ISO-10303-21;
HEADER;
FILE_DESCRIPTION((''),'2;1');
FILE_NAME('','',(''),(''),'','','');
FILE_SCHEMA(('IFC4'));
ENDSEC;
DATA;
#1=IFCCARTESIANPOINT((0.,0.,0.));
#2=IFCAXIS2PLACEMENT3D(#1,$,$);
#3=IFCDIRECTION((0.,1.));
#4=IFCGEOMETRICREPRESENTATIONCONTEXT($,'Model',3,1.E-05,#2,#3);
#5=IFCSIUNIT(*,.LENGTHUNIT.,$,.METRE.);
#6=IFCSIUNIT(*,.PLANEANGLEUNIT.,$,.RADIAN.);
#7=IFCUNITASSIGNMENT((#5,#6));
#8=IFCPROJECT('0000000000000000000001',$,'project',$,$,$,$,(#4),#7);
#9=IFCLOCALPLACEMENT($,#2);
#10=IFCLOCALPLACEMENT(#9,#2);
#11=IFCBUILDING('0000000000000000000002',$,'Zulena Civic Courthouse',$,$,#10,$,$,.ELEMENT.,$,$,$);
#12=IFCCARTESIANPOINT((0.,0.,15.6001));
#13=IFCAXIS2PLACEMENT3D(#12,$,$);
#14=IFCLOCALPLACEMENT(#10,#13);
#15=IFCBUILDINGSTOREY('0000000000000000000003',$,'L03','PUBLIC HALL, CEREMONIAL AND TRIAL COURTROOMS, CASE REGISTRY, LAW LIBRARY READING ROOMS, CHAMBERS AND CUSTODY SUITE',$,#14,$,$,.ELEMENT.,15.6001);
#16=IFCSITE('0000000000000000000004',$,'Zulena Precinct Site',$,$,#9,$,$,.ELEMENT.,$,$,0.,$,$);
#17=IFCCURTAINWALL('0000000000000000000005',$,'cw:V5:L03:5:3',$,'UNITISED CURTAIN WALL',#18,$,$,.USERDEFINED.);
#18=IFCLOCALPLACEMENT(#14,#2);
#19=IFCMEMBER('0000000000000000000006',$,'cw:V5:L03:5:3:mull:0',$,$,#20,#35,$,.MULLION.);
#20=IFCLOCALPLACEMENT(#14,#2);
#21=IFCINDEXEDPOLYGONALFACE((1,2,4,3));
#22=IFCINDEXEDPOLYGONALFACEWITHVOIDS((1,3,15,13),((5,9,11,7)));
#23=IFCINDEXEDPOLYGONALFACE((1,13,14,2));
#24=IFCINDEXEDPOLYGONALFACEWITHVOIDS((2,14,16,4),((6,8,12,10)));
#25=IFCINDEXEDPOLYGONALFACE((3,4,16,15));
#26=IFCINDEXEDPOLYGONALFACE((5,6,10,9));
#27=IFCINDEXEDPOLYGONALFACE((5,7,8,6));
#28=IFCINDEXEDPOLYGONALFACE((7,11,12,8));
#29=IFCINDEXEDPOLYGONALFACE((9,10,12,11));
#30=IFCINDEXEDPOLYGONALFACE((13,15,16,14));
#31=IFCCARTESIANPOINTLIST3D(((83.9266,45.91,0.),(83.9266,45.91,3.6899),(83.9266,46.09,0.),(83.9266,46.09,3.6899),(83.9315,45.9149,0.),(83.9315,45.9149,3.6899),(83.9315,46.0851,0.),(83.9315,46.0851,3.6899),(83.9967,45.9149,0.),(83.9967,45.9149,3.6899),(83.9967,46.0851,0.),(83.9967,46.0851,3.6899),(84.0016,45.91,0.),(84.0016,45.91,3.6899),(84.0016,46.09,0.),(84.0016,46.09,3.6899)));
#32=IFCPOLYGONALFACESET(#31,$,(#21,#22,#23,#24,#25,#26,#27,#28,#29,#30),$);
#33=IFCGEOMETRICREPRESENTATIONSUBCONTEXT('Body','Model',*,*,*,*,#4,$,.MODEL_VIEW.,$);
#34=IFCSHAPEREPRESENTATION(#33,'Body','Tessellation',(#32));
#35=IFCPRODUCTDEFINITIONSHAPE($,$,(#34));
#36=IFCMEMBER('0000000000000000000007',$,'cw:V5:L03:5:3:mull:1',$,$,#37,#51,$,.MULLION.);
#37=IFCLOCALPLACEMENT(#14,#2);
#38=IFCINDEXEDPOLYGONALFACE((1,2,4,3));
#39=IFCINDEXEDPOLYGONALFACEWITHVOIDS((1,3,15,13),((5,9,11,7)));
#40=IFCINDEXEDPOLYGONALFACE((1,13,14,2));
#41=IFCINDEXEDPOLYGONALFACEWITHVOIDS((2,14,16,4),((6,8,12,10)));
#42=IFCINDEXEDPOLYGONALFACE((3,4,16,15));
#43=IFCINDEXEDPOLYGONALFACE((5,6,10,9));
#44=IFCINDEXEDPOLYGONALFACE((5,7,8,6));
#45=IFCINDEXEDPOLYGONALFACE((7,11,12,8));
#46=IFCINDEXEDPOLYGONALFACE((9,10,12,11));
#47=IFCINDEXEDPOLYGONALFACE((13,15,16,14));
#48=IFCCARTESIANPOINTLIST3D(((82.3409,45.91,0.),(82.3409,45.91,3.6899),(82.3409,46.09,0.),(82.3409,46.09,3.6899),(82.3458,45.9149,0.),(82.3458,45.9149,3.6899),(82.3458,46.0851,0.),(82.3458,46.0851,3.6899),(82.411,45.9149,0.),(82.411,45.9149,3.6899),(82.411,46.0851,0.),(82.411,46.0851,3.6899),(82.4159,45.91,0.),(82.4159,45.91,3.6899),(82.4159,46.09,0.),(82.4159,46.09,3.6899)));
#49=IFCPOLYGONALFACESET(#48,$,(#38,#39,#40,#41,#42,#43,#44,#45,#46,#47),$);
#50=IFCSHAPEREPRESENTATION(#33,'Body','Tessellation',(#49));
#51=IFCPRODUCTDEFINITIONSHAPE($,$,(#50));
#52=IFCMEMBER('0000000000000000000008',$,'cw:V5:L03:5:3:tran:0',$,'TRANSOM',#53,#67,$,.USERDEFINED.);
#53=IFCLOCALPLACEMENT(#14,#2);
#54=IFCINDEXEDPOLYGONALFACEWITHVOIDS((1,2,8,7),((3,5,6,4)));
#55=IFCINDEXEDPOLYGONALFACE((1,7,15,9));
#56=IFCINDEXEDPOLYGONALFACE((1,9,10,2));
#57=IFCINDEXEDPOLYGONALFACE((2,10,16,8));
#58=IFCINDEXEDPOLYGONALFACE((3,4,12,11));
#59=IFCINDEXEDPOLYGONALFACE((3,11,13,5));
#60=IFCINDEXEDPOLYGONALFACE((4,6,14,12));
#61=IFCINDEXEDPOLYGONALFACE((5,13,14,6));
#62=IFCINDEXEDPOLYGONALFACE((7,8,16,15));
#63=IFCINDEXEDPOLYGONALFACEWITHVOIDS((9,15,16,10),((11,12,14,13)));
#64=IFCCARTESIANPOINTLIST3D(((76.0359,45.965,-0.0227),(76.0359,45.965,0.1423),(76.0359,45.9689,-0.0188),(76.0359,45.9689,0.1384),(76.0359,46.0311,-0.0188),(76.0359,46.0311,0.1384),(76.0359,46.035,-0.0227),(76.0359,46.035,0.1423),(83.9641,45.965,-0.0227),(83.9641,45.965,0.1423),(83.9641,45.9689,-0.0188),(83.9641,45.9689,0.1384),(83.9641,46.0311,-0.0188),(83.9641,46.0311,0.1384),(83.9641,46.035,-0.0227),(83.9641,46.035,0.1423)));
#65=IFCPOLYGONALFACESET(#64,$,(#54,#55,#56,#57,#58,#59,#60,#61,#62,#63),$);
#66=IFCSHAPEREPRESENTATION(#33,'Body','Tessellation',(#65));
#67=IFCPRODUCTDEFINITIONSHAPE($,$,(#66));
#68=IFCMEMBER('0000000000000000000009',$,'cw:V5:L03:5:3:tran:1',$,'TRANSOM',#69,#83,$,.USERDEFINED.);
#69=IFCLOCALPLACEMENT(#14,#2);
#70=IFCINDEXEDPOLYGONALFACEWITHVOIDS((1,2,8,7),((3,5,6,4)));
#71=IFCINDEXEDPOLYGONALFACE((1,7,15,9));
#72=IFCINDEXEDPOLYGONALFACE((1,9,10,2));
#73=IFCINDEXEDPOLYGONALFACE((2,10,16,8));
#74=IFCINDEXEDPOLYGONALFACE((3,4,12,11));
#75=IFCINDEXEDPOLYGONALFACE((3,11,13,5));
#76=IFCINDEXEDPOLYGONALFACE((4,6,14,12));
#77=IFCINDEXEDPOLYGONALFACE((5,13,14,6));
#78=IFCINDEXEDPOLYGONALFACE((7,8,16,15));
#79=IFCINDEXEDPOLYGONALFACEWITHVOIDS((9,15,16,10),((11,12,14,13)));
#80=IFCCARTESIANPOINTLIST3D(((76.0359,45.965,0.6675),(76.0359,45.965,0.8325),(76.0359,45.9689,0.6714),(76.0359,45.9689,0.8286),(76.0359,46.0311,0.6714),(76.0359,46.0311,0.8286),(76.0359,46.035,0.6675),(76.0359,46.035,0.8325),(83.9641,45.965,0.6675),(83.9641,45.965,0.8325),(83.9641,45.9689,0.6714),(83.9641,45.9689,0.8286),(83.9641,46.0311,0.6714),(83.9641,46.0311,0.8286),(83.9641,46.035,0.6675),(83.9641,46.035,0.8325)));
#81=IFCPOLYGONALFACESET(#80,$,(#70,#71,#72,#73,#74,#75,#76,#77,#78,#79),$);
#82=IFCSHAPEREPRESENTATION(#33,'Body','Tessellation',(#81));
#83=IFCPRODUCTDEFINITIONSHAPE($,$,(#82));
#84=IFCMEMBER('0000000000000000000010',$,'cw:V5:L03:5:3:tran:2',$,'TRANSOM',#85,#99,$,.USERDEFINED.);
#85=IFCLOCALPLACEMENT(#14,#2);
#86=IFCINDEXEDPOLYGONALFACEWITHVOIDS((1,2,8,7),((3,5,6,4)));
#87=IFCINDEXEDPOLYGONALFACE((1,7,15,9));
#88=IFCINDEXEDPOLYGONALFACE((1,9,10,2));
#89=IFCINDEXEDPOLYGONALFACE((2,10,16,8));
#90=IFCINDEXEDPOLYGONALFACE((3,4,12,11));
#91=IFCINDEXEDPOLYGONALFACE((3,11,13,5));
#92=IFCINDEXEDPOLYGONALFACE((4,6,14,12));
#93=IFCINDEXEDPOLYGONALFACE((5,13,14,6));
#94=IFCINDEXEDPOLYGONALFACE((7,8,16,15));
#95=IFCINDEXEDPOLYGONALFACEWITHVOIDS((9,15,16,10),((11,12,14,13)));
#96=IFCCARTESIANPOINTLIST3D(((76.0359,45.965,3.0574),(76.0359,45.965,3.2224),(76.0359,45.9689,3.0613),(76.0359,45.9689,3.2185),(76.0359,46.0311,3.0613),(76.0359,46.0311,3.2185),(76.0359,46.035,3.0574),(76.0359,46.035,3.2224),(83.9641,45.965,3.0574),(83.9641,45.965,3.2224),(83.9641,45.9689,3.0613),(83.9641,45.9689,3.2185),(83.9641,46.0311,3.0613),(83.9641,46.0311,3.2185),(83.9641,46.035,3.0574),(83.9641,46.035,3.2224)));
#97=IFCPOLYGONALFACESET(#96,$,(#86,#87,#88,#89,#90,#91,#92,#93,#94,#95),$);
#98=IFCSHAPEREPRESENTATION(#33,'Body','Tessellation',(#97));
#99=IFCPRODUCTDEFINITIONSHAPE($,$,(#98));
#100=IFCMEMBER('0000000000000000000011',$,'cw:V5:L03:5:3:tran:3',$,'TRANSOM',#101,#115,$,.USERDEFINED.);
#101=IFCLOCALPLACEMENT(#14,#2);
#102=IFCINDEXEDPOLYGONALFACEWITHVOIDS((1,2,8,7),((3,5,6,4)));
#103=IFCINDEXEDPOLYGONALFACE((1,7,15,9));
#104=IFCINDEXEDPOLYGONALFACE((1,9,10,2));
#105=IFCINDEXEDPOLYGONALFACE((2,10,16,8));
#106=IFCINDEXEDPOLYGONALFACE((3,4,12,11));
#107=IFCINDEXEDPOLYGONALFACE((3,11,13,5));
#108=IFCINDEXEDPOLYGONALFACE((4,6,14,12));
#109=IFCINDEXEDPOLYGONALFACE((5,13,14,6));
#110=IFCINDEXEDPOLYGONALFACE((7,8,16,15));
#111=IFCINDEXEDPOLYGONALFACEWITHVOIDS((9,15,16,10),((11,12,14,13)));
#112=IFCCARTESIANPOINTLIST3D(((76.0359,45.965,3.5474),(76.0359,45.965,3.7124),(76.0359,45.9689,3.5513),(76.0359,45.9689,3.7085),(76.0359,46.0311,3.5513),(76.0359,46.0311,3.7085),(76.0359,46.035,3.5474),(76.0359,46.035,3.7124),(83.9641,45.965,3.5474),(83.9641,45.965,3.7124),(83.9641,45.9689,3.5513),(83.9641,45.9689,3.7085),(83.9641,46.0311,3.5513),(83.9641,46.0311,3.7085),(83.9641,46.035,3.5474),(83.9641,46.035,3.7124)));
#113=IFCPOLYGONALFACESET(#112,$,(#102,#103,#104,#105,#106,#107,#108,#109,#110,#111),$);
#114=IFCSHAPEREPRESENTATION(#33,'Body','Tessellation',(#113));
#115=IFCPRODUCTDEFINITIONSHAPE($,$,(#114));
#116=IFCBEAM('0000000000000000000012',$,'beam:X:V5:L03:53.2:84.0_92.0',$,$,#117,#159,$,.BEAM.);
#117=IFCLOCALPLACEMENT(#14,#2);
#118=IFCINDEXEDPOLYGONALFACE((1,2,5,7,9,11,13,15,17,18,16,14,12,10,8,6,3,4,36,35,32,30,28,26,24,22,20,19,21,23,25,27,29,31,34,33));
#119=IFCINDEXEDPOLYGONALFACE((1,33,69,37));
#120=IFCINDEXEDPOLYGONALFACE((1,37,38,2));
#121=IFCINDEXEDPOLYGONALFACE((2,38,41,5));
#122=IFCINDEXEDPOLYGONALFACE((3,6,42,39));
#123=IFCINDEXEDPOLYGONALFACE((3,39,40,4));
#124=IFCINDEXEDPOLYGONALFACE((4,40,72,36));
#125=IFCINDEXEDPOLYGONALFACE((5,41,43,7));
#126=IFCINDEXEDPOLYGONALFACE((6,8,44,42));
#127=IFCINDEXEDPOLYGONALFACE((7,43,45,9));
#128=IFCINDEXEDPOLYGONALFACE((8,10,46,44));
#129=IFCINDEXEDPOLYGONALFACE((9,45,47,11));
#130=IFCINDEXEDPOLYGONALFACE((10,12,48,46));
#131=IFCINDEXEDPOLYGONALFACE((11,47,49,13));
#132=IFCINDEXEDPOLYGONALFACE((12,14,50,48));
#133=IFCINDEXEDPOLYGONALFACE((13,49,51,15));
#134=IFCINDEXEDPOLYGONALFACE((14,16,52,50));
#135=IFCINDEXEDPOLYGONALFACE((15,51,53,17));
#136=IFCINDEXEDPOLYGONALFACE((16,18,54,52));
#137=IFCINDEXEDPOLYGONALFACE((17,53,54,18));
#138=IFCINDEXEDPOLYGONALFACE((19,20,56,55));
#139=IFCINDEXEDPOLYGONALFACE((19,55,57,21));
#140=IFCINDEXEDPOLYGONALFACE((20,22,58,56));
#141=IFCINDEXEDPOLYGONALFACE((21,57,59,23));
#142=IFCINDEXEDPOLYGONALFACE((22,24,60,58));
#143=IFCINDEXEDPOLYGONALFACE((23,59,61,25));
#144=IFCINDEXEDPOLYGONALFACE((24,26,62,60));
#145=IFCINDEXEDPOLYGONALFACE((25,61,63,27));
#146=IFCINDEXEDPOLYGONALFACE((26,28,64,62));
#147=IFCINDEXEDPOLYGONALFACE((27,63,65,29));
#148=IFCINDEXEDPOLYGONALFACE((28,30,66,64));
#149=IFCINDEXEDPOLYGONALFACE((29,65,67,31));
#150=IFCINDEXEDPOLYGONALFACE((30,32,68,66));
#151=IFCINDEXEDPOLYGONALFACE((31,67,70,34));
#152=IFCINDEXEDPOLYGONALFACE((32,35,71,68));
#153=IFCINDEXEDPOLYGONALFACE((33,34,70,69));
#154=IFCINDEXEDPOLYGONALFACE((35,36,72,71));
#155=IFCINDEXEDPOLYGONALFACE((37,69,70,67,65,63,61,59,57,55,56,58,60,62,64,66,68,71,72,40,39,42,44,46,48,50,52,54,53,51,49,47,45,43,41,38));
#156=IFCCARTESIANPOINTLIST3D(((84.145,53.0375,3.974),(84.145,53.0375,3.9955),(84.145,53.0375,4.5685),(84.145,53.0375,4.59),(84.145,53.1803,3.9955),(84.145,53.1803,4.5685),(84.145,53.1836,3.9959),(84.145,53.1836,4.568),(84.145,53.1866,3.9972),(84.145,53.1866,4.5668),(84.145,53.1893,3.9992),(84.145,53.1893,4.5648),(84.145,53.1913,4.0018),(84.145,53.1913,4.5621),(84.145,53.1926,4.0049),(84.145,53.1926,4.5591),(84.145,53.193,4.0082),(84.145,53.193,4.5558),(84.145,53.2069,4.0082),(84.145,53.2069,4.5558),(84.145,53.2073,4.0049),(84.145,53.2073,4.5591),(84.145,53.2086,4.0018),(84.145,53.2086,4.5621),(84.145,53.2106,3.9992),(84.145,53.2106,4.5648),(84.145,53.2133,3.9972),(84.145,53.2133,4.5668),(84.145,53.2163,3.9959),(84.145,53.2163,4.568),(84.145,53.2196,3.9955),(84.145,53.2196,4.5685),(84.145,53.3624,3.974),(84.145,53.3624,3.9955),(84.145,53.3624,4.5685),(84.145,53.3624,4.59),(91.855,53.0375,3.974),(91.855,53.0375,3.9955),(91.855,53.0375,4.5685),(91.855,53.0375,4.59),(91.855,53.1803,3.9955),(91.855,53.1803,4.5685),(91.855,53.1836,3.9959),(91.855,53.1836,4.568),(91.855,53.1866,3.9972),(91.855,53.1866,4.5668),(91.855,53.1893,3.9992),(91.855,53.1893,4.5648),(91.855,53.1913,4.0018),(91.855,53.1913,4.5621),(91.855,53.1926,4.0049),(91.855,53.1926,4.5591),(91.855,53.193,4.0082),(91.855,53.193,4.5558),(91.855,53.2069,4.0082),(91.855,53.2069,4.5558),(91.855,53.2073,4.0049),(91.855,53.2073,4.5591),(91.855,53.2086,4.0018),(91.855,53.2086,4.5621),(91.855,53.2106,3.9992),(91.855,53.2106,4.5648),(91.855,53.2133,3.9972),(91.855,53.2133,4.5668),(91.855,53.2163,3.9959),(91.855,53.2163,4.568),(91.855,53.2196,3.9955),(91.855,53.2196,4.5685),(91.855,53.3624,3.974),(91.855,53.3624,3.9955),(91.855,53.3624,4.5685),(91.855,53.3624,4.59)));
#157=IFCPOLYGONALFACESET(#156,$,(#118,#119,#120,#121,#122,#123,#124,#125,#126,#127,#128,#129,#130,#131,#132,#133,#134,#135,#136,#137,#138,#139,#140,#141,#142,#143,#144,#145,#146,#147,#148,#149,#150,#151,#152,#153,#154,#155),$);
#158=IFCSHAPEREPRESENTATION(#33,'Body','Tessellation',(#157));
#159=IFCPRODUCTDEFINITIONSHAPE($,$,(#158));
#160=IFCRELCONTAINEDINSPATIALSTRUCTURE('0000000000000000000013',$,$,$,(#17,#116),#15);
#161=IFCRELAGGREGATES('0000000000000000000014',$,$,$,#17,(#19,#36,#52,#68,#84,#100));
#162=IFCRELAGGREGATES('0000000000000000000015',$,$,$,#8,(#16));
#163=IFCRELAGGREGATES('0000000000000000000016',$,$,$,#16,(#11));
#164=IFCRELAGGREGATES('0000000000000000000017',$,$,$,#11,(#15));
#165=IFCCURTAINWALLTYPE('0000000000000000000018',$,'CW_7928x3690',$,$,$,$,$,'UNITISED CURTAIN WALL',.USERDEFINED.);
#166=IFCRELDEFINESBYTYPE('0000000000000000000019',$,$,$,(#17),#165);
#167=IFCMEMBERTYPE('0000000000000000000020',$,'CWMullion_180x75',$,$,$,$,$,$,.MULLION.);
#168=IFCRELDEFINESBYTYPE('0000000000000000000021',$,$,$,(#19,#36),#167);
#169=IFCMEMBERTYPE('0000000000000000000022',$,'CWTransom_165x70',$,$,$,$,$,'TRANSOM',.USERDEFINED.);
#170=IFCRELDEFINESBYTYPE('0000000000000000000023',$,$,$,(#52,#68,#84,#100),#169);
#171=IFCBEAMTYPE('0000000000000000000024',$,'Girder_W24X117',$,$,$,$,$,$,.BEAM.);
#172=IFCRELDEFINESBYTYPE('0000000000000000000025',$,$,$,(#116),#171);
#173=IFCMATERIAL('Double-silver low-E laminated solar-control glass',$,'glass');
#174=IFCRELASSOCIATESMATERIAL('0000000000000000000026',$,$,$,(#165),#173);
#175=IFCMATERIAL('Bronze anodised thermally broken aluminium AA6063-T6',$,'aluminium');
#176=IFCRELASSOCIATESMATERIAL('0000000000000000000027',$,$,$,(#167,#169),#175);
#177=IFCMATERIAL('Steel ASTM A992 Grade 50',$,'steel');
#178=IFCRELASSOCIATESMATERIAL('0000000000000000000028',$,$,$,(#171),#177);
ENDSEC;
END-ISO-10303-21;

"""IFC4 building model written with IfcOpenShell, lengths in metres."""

from ifc_helpers import new_model, si_unit, direction, frame, origin, origin_2d, place, context, subcontext, project, spatial, hollow_rectangle, i_section, extrude, material, material_profile, profile_set, type_object, element, aggregate, save


model = new_model("IFC4")

# Units and contexts
model_context = context("Model", 3, precision=1e-05, world=origin(), true_north=direction((0.0, 1.0)))
body_context = subcontext(model_context, "Body", "Model", "MODEL_VIEW")
ifc_project = project(units=[si_unit("LENGTHUNIT", "METRE"), si_unit("PLANEANGLEUNIT", "RADIAN")], contexts=[model_context])

# Site, building, storey
site_placement = place(None, origin())
site = spatial("IfcSite", under=ifc_project, at=site_placement, Name="Zulena Precinct Site", CompositionType="ELEMENT", RefElevation=0.0)
building_placement = place(site_placement, origin())
building = spatial("IfcBuilding", under=site, at=building_placement, Name="Zulena Civic Courthouse", CompositionType="ELEMENT")
storey_placement = place(building_placement, frame((0.0, 0.0, 15.6001)))
storey = spatial("IfcBuildingStorey", under=building, at=storey_placement, Name="L03", Description="PUBLIC HALL, CEREMONIAL AND TRIAL COURTROOMS, CASE REGISTRY, LAW LIBRARY READING ROOMS, CHAMBERS AND CUSTODY SUITE", CompositionType="ELEMENT", Elevation=15.6001)

# Shared definitions
ifc_material_1 = material(Name="Steel ASTM A992 Grade 50", Category="steel")

# Curtain wall, members
ifc_material_2 = material(Name="Double-silver low-E laminated solar-control glass", Category="glass")
curtain_wall_type = type_object("IfcCurtainWallType", Name="CW_7928x3690", ElementType="UNITISED CURTAIN WALL", PredefinedType="USERDEFINED", material=ifc_material_2)
curtain_wall_placement = place(storey_placement, origin())
curtain_wall = element("IfcCurtainWall", 1, at=curtain_wall_placement, inside=storey, type_object=curtain_wall_type, Name="cw:V5:L03:5:3", ObjectType="UNITISED CURTAIN WALL", PredefinedType="USERDEFINED")
ifc_material_3 = material(Name="Bronze anodised thermally broken aluminium AA6063-T6", Category="aluminium")
ifc_material_profile_1 = material_profile(ifc_material_3, hollow_rectangle(XDim=0.075, YDim=0.1799, WallThickness=0.0049, at=origin_2d()), Name="CWM180X75X5")
ifc_profile_set_1 = profile_set([ifc_material_profile_1], Name="Bronze anodised thermally broken aluminium AA6063-T6")
member_type_1 = type_object("IfcMemberType", Name="CWMullion_180x75", PredefinedType="MULLION", material=ifc_profile_set_1)
member_1_placement = place(storey_placement, frame((83.9641, 46.0, 0.0), z_axis=(0.0, 0.0, 1.0), x_axis=(1.0, 0.0, 0.0)))
member_1 = element("IfcMember", 2, at=member_1_placement, type_object=member_type_1, Name="cw:V5:L03:5:3:mull:0", PredefinedType="MULLION", context=body_context, shape_type="SweptSolid", body=[
    extrude(hollow_rectangle(XDim=0.075, YDim=0.1799, WallThickness=0.0049, at=origin_2d()), origin(), (0.0, 0.0, 1.0), 3.6899),
])
member_2_placement = place(storey_placement, frame((82.3784, 46.0, 0.0), z_axis=(0.0, 0.0, 1.0), x_axis=(1.0, 0.0, 0.0)))
member_2 = element("IfcMember", 3, at=member_2_placement, type_object=member_type_1, Name="cw:V5:L03:5:3:mull:1", PredefinedType="MULLION", context=body_context, shape_type="SweptSolid", body=[
    extrude(hollow_rectangle(XDim=0.075, YDim=0.1799, WallThickness=0.0049, at=origin_2d()), origin(), (0.0, 0.0, 1.0), 3.6899),
])
ifc_material_profile_2 = material_profile(ifc_material_3, hollow_rectangle(XDim=0.0701, YDim=0.165, WallThickness=0.0039, at=origin_2d()), Name="CWT165X70X4")
ifc_profile_set_2 = profile_set([ifc_material_profile_2], Name="Bronze anodised thermally broken aluminium AA6063-T6")
member_type_2 = type_object("IfcMemberType", Name="CWTransom_165x70", ElementType="TRANSOM", PredefinedType="USERDEFINED", material=ifc_profile_set_2)
member_3_placement = place(storey_placement, frame((83.9641, 46.0, 0.0598), z_axis=(-1.0, 0.0, 0.0), x_axis=(0.0, -1.0, 0.0)))
member_3 = element("IfcMember", 4, at=member_3_placement, type_object=member_type_2, Name="cw:V5:L03:5:3:tran:0", ObjectType="TRANSOM", PredefinedType="USERDEFINED", context=body_context, shape_type="SweptSolid", body=[
    extrude(hollow_rectangle(XDim=0.0701, YDim=0.165, WallThickness=0.0039, at=origin_2d()), origin(), (0.0, 0.0, 1.0), 7.9282),
])
member_4_placement = place(storey_placement, frame((83.9641, 46.0, 0.75), z_axis=(-1.0, 0.0, 0.0), x_axis=(0.0, -1.0, 0.0)))
member_4 = element("IfcMember", 5, at=member_4_placement, type_object=member_type_2, Name="cw:V5:L03:5:3:tran:1", ObjectType="TRANSOM", PredefinedType="USERDEFINED", context=body_context, shape_type="SweptSolid", body=[
    extrude(hollow_rectangle(XDim=0.0701, YDim=0.165, WallThickness=0.0039, at=origin_2d()), origin(), (0.0, 0.0, 1.0), 7.9282),
])
member_5_placement = place(storey_placement, frame((83.9641, 46.0, 3.1399), z_axis=(-1.0, 0.0, 0.0), x_axis=(0.0, -1.0, 0.0)))
member_5 = element("IfcMember", 6, at=member_5_placement, type_object=member_type_2, Name="cw:V5:L03:5:3:tran:2", ObjectType="TRANSOM", PredefinedType="USERDEFINED", context=body_context, shape_type="SweptSolid", body=[
    extrude(hollow_rectangle(XDim=0.0701, YDim=0.165, WallThickness=0.0039, at=origin_2d()), origin(), (0.0, 0.0, 1.0), 7.9282),
])
member_6_placement = place(storey_placement, frame((83.9641, 46.0, 3.6299), z_axis=(-1.0, 0.0, 0.0), x_axis=(0.0, -1.0, 0.0)))
member_6 = element("IfcMember", 7, at=member_6_placement, type_object=member_type_2, Name="cw:V5:L03:5:3:tran:3", ObjectType="TRANSOM", PredefinedType="USERDEFINED", context=body_context, shape_type="SweptSolid", body=[
    extrude(hollow_rectangle(XDim=0.0701, YDim=0.165, WallThickness=0.0039, at=origin_2d()), origin(), (0.0, 0.0, 1.0), 7.9282),
])

# Beam
ifc_material_profile_3 = material_profile(ifc_material_1, i_section(OverallWidth=0.325, OverallDepth=0.616, WebThickness=0.0139, FlangeThickness=0.0215, FilletRadius=0.0127, at=origin_2d()), Name="W24X117")
ifc_profile_set_3 = profile_set([ifc_material_profile_3], Name="Steel ASTM A992 Grade 50")
beam_type_1 = type_object("IfcBeamType", Name="Girder_W24X117", PredefinedType="BEAM", material=ifc_profile_set_3)
for number, where, z_axis, x_axis, name in (
    (8, (84.145, 53.2, 4.282), (1.0, 0.0, 0.0), (0.0, 1.0, 0.0), "beam:X:V5:L03:53.2:84.0_92.0"),
):
    element("IfcBeam", number, at=place(storey_placement, frame(where, z_axis=z_axis, x_axis=x_axis)), inside=storey, type_object=beam_type_1, Name=name, PredefinedType="BEAM", context=body_context, shape_type="SweptSolid", body=[
        extrude(i_section(OverallWidth=0.325, OverallDepth=0.616, WebThickness=0.0139, FlangeThickness=0.0215, FilletRadius=0.0127, at=origin_2d()), origin(), (0.0, 0.0, 1.0), 7.71),
    ])

aggregate(curtain_wall, [member_1, member_2, member_3, member_4, member_5, member_6])

save(model, "model.ifc")
